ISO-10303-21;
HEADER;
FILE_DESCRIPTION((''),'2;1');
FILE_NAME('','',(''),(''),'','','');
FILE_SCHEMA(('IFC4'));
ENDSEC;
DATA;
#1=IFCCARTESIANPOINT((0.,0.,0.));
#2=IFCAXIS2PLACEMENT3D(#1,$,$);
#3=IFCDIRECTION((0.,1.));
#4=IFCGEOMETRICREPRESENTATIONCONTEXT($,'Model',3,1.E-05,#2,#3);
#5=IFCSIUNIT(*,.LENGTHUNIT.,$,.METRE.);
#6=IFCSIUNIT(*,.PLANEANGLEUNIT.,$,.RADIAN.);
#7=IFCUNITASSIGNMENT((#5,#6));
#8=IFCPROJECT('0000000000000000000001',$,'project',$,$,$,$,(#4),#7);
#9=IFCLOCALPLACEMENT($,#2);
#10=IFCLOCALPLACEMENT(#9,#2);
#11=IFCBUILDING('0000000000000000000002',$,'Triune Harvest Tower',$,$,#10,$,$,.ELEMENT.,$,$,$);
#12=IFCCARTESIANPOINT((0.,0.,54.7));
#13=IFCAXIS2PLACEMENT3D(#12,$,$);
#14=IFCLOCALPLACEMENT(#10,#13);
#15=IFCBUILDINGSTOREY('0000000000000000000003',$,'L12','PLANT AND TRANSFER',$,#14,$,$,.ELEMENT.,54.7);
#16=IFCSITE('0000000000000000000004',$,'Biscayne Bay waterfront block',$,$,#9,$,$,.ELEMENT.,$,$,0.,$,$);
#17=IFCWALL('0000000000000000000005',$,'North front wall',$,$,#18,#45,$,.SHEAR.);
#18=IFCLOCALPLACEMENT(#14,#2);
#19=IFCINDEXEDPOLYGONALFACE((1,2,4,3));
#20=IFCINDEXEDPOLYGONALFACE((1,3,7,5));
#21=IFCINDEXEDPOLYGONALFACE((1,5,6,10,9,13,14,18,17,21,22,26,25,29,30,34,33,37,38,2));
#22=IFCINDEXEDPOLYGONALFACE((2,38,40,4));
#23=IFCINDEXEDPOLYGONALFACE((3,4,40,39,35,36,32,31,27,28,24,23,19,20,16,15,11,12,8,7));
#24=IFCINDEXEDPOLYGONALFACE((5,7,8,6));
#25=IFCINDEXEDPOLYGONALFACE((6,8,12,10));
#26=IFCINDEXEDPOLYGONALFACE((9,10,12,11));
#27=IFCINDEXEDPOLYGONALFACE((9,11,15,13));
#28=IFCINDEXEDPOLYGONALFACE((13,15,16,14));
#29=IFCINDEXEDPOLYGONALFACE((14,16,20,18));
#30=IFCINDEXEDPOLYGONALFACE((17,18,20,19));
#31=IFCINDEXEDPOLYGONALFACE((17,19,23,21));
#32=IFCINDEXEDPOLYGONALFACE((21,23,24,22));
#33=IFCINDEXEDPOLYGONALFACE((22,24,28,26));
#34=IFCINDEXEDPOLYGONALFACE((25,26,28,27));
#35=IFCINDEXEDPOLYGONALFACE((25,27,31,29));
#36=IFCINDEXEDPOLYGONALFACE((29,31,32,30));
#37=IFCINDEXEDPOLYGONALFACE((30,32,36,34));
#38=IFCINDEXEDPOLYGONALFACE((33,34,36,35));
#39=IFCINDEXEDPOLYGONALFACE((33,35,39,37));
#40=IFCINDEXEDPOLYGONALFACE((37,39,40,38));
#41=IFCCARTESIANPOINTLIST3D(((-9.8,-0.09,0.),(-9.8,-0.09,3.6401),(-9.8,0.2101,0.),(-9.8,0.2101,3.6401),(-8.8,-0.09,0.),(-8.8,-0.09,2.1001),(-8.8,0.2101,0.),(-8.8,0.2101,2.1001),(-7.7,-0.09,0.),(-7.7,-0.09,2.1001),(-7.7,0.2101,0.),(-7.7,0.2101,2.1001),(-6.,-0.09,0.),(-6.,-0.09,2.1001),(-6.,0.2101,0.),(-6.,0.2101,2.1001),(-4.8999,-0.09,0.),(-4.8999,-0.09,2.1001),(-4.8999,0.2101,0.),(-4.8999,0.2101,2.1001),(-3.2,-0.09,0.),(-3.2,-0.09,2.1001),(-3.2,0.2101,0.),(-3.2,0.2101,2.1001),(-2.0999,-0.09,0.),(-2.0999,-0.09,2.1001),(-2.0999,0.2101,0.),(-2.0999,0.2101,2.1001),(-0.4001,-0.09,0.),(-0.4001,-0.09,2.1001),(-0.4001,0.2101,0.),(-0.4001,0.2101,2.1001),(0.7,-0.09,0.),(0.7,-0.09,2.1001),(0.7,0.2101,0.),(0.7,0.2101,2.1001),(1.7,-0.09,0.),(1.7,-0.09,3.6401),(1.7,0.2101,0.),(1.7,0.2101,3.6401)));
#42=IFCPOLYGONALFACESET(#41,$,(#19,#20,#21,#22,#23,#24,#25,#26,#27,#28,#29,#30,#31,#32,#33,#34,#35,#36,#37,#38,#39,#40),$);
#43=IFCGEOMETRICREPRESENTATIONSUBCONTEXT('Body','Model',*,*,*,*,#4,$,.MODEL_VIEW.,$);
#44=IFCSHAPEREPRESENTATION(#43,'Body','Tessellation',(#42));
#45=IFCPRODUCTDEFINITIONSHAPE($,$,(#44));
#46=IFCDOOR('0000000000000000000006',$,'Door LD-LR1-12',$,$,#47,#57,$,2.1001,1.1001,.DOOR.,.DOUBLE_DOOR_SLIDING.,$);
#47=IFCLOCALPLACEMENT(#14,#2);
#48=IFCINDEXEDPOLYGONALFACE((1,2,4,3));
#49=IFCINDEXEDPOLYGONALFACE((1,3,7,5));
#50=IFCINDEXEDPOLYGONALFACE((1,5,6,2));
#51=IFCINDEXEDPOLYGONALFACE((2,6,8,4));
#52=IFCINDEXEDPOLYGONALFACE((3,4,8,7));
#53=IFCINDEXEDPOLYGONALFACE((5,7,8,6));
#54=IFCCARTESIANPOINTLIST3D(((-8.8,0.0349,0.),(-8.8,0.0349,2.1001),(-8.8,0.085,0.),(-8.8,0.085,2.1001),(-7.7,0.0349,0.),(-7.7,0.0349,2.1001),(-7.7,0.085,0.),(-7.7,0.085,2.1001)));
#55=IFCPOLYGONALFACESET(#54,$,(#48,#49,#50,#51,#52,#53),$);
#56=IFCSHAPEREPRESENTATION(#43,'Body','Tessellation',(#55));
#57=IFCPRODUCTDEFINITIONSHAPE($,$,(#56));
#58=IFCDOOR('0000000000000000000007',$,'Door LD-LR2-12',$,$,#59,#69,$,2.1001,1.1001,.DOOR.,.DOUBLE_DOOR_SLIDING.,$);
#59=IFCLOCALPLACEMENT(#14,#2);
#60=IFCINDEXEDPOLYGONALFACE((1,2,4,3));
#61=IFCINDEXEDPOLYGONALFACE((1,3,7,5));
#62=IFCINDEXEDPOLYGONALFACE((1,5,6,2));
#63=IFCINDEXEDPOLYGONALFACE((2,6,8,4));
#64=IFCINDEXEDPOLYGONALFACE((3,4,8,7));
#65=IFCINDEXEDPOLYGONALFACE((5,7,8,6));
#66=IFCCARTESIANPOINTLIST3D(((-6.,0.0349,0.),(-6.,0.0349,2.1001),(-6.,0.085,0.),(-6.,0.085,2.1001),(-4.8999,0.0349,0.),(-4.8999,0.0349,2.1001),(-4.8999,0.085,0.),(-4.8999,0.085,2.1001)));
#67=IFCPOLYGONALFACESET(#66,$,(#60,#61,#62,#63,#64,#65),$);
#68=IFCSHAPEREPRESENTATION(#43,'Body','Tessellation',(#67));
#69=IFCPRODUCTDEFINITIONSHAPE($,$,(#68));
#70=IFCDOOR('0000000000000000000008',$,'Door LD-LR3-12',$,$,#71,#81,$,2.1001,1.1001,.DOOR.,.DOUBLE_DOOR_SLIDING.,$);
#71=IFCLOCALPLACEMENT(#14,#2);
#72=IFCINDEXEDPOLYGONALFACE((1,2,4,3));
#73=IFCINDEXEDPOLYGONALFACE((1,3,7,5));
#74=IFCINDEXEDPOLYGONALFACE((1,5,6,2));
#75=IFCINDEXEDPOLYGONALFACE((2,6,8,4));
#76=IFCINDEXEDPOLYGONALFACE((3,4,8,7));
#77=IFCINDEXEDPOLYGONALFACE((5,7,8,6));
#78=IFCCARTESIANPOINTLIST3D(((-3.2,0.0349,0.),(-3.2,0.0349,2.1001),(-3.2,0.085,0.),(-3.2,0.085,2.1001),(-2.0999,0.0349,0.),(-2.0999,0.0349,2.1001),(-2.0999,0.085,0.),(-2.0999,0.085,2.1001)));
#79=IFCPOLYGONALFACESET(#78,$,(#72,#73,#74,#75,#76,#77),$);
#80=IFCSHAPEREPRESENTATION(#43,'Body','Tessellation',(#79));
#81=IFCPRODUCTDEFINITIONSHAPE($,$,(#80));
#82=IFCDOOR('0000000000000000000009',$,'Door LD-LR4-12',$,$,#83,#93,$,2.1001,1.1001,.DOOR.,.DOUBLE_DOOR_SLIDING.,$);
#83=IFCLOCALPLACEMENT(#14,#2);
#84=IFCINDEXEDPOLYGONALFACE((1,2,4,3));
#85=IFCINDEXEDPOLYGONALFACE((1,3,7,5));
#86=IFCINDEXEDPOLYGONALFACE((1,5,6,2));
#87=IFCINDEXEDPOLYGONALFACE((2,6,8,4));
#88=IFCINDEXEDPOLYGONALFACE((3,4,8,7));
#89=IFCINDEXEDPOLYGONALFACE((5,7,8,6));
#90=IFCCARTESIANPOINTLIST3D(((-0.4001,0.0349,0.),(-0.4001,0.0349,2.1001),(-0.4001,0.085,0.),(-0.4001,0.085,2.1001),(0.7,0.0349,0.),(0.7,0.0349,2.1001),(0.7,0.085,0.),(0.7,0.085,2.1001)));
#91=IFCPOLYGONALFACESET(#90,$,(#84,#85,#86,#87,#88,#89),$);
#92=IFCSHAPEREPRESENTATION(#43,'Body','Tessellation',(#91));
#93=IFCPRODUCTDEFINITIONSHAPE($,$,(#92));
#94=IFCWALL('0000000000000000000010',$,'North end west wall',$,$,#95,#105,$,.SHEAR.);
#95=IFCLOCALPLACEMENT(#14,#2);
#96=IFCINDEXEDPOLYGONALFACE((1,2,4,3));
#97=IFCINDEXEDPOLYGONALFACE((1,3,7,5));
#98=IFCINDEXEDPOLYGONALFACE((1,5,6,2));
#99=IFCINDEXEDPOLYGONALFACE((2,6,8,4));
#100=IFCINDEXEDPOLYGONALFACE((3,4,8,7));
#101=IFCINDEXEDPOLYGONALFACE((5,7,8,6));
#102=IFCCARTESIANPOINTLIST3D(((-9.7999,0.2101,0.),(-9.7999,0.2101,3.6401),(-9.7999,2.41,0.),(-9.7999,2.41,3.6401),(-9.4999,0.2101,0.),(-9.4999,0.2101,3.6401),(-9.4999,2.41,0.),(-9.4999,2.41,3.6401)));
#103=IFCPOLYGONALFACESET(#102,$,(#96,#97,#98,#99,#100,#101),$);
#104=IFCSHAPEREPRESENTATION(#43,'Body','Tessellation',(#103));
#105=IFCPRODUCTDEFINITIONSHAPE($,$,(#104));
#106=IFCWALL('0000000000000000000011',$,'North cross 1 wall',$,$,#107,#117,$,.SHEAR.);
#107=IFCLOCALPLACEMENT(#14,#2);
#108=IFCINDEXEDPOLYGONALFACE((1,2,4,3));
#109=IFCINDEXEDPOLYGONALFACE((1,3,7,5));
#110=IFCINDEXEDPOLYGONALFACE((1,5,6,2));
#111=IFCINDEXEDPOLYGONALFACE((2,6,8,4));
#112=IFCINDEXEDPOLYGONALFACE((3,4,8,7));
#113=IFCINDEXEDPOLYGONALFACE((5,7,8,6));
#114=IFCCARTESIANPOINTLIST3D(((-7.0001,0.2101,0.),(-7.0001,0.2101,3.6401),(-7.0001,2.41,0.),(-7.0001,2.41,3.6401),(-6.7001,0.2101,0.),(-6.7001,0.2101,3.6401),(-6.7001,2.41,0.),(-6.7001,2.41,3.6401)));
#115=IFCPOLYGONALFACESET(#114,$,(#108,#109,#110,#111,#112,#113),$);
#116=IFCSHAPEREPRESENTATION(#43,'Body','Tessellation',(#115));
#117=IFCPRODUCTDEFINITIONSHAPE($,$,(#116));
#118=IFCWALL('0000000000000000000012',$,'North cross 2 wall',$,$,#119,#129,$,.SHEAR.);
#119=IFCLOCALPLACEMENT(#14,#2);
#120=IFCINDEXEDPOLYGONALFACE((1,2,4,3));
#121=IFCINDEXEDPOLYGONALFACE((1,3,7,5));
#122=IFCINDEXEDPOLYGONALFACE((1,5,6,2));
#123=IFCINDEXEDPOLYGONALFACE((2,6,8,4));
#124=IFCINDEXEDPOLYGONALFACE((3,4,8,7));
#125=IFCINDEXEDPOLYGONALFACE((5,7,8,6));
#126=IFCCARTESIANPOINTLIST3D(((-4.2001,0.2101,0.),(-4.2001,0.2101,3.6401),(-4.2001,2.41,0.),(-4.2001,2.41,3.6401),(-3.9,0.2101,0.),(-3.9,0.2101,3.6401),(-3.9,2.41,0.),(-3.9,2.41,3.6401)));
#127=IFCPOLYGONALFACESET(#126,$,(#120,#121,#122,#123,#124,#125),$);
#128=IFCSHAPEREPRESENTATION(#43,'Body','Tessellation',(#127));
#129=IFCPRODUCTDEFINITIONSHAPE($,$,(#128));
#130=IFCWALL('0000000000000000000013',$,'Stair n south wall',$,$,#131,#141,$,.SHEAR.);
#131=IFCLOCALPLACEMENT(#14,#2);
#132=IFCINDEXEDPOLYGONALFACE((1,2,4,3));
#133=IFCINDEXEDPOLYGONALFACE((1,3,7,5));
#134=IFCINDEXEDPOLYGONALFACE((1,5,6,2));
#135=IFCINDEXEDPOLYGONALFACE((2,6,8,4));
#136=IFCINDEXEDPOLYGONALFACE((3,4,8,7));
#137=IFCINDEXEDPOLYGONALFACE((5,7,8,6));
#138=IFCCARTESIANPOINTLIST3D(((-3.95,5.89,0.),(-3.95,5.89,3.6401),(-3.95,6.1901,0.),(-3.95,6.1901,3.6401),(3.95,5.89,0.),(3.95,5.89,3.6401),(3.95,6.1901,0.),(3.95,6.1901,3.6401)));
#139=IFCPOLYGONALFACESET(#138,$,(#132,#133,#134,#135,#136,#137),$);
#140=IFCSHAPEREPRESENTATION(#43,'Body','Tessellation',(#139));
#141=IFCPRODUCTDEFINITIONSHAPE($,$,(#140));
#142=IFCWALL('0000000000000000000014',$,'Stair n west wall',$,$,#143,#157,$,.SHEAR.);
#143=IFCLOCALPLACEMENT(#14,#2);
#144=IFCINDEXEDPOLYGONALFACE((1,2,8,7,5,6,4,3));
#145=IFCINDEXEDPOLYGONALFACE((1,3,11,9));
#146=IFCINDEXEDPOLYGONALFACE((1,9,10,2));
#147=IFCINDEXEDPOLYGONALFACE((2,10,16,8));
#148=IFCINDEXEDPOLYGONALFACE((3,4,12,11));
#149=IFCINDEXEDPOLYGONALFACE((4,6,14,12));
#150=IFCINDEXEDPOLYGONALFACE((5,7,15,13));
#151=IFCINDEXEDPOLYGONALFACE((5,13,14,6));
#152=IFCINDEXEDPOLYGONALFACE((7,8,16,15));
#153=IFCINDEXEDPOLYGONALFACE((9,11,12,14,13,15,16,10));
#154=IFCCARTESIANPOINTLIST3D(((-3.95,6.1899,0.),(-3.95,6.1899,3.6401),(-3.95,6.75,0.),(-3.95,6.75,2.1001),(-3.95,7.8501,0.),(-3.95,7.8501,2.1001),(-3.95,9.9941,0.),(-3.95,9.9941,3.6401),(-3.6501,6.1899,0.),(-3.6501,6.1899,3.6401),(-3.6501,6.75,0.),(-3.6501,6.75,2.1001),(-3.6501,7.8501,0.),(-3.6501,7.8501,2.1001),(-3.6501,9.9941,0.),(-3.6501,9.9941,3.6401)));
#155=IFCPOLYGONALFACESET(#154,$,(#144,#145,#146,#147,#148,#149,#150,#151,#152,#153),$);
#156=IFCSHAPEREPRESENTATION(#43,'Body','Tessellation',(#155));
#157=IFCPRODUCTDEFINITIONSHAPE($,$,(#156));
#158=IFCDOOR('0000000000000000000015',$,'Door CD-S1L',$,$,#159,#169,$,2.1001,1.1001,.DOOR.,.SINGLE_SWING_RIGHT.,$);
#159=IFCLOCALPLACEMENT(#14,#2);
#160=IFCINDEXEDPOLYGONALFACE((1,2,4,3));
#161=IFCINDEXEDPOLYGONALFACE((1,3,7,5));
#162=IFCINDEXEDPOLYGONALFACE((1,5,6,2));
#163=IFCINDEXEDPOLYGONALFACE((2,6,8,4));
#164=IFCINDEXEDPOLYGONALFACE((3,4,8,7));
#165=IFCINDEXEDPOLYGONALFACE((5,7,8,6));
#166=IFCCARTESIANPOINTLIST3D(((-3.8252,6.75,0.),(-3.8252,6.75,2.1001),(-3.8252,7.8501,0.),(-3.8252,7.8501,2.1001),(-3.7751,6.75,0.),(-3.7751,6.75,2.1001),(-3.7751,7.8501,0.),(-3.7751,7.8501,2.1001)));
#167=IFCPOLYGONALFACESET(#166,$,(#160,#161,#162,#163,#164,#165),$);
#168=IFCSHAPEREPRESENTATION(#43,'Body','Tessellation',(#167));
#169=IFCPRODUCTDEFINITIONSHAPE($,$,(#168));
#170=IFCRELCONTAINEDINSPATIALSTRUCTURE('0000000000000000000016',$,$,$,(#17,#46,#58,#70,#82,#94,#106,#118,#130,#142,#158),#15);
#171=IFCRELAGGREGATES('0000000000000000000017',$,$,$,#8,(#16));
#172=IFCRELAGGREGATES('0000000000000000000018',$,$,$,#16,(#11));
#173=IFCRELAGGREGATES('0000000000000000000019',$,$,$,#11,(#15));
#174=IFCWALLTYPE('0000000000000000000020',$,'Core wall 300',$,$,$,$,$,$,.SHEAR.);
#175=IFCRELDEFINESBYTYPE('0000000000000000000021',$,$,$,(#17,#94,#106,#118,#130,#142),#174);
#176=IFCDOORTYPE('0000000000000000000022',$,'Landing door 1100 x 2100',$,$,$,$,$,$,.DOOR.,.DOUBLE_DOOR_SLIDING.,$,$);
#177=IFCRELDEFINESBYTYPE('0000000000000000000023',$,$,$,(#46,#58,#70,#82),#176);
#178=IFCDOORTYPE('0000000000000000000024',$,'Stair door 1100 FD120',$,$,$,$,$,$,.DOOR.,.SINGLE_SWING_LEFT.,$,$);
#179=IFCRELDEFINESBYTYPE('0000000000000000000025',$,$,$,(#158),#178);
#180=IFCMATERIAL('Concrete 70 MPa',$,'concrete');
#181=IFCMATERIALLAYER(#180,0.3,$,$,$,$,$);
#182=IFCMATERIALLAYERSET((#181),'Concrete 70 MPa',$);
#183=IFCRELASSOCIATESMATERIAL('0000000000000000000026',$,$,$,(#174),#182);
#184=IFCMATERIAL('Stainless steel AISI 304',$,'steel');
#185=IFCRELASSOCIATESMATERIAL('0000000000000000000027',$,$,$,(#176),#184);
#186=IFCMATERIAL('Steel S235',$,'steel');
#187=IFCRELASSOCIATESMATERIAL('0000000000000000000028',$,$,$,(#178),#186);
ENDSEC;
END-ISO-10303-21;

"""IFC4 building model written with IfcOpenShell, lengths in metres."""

from ifc_helpers import new_model, si_unit, direction, frame, frame_2d, origin, place, context, subcontext, project, spatial, polyline, rectangle, outline, extrude, source, transform, mapped, material, layer, layer_set, type_object, element, fill, save


model = new_model("IFC4")

# Units and contexts
model_context = context("Model", 3, precision=1e-05, world=origin(), true_north=direction((0.0, 1.0)))
body_context = subcontext(model_context, "Body", "Model", "MODEL_VIEW")
ifc_project = project(units=[si_unit("LENGTHUNIT", "METRE"), si_unit("PLANEANGLEUNIT", "RADIAN")], contexts=[model_context])

# Site, building, storey
site_placement = place(None, origin())
site = spatial("IfcSite", under=ifc_project, at=site_placement, Name="Biscayne Bay waterfront block", CompositionType="ELEMENT", RefElevation=0.0)
building_placement = place(site_placement, origin())
building = spatial("IfcBuilding", under=site, at=building_placement, Name="Triune Harvest Tower", CompositionType="ELEMENT")
storey_placement = place(building_placement, frame((0.0, 0.0, 54.7)))
storey = spatial("IfcBuildingStorey", under=building, at=storey_placement, Name="L12", Description="PLANT AND TRANSFER", CompositionType="ELEMENT", Elevation=54.7)

# Wall, openings, doors
ifc_material_1 = material(Name="Concrete 70 MPa", Category="concrete")
ifc_layer = layer(ifc_material_1, 0.3)
ifc_layer_set = layer_set([ifc_layer], Name="Concrete 70 MPa")
wall_type = type_object("IfcWallType", Name="Core wall 300", PredefinedType="SHEAR", material=ifc_layer_set)
shared_shape_1 = source(origin(), body_context, "Body", "SweptSolid", [
    extrude(rectangle(XDim=11.5, YDim=0.3, at=frame_2d((5.75, 0.0))), origin(), (0.0, 0.0, 1.0), 3.6401),
])
wall_1_placement = place(storey_placement, frame((-9.8, 0.0601, 0.0), z_axis=(0.0, 0.0, 1.0), x_axis=(1.0, 0.0, 0.0)))
wall_1 = element("IfcWall", 1, at=wall_1_placement, inside=storey, type_object=wall_type, Name="North front wall", PredefinedType="SHEAR", context=body_context, shape_type="MappedRepresentation", body=[
    mapped(shared_shape_1, transform((0.0, 0.0, 0.0), scale=1.0)),
])
opening_1_placement = place(wall_1_placement, frame((1.0, 0.0, 0.0)))
opening_1 = element("IfcOpeningElement", 2, at=opening_1_placement, cuts=wall_1, PredefinedType="OPENING", context=body_context, shape_type="SweptSolid", body=[
    extrude(rectangle(XDim=1.1001, YDim=2.1001, at=frame_2d((0.55, 1.05))), frame((0.0, 0.1602, 0.0), z_axis=(0.0, -1.0, 0.0), x_axis=(1.0, 0.0, 0.0)), (0.0, 0.0, 1.0), 0.3201),
])
opening_2_placement = place(wall_1_placement, frame((3.8, 0.0, 0.0)))
opening_2 = element("IfcOpeningElement", 3, at=opening_2_placement, cuts=wall_1, PredefinedType="OPENING", context=body_context, shape_type="SweptSolid", body=[
    extrude(rectangle(XDim=1.1001, YDim=2.1001, at=frame_2d((0.55, 1.05))), frame((0.0, 0.1602, 0.0), z_axis=(0.0, -1.0, 0.0), x_axis=(1.0, 0.0, 0.0)), (0.0, 0.0, 1.0), 0.3201),
])
opening_3_placement = place(wall_1_placement, frame((6.6001, 0.0, 0.0)))
opening_3 = element("IfcOpeningElement", 4, at=opening_3_placement, cuts=wall_1, PredefinedType="OPENING", context=body_context, shape_type="SweptSolid", body=[
    extrude(rectangle(XDim=1.1001, YDim=2.1001, at=frame_2d((0.55, 1.05))), frame((0.0, 0.1602, 0.0), z_axis=(0.0, -1.0, 0.0), x_axis=(1.0, 0.0, 0.0)), (0.0, 0.0, 1.0), 0.3201),
])
opening_4_placement = place(wall_1_placement, frame((9.3999, 0.0, 0.0)))
opening_4 = element("IfcOpeningElement", 5, at=opening_4_placement, cuts=wall_1, PredefinedType="OPENING", context=body_context, shape_type="SweptSolid", body=[
    extrude(rectangle(XDim=1.1001, YDim=2.1001, at=frame_2d((0.55, 1.05))), frame((0.0, 0.1602, 0.0), z_axis=(0.0, -1.0, 0.0), x_axis=(1.0, 0.0, 0.0)), (0.0, 0.0, 1.0), 0.3201),
])
ifc_material_2 = material(Name="Stainless steel AISI 304", Category="steel")
door_type_1 = type_object("IfcDoorType", Name="Landing door 1100 x 2100", OperationType="DOUBLE_DOOR_SLIDING", PredefinedType="DOOR", material=ifc_material_2)
door_1_placement = place(opening_1_placement, origin())
door_1 = element("IfcDoor", 6, at=door_1_placement, inside=storey, type_object=door_type_1, Name="Door LD-LR1-12", OperationType="DOUBLE_DOOR_SLIDING", OverallHeight=2.1001, OverallWidth=1.1001, PredefinedType="DOOR", context=body_context, shape_type="SweptSolid", body=[
    extrude(rectangle(XDim=1.1001, YDim=2.1001, at=frame_2d((0.55, 1.05))), frame((0.0, 0.0249, 0.0), z_axis=(0.0, -1.0, 0.0), x_axis=(1.0, 0.0, 0.0)), (0.0, 0.0, 1.0), 0.05),
])
fill(opening_1, door_1)
door_2_placement = place(opening_2_placement, origin())
door_2 = element("IfcDoor", 7, at=door_2_placement, inside=storey, type_object=door_type_1, Name="Door LD-LR2-12", OperationType="DOUBLE_DOOR_SLIDING", OverallHeight=2.1001, OverallWidth=1.1001, PredefinedType="DOOR", context=body_context, shape_type="SweptSolid", body=[
    extrude(rectangle(XDim=1.1001, YDim=2.1001, at=frame_2d((0.55, 1.05))), frame((0.0, 0.0249, 0.0), z_axis=(0.0, -1.0, 0.0), x_axis=(1.0, 0.0, 0.0)), (0.0, 0.0, 1.0), 0.05),
])
fill(opening_2, door_2)
door_3_placement = place(opening_3_placement, origin())
door_3 = element("IfcDoor", 8, at=door_3_placement, inside=storey, type_object=door_type_1, Name="Door LD-LR3-12", OperationType="DOUBLE_DOOR_SLIDING", OverallHeight=2.1001, OverallWidth=1.1001, PredefinedType="DOOR", context=body_context, shape_type="SweptSolid", body=[
    extrude(rectangle(XDim=1.1001, YDim=2.1001, at=frame_2d((0.55, 1.05))), frame((0.0, 0.0249, 0.0), z_axis=(0.0, -1.0, 0.0), x_axis=(1.0, 0.0, 0.0)), (0.0, 0.0, 1.0), 0.05),
])
fill(opening_3, door_3)
door_4_placement = place(opening_4_placement, origin())
door_4 = element("IfcDoor", 9, at=door_4_placement, inside=storey, type_object=door_type_1, Name="Door LD-LR4-12", OperationType="DOUBLE_DOOR_SLIDING", OverallHeight=2.1001, OverallWidth=1.1001, PredefinedType="DOOR", context=body_context, shape_type="SweptSolid", body=[
    extrude(rectangle(XDim=1.1001, YDim=2.1001, at=frame_2d((0.55, 1.05))), frame((0.0, 0.0249, 0.0), z_axis=(0.0, -1.0, 0.0), x_axis=(1.0, 0.0, 0.0)), (0.0, 0.0, 1.0), 0.05),
])
fill(opening_4, door_4)

# Walls
shared_shape_2 = source(origin(), body_context, "Body", "SweptSolid", [
    extrude(rectangle(XDim=2.2, YDim=0.3, at=frame_2d((1.1001, 0.0))), origin(), (0.0, 0.0, 1.0), 3.6401),
])
for number, where, z_axis, x_axis, name in (
    (10, (-9.6499, 0.21, 0.0), (0.0, 0.0, 1.0), (0.0, 1.0, 0.0), "North end west wall"),
    (11, (-6.8501, 0.21, 0.0), (0.0, 0.0, 1.0), (0.0, 1.0, 0.0), "North cross 1 wall"),
    (12, (-4.05, 0.21, 0.0), (0.0, 0.0, 1.0), (0.0, 1.0, 0.0), "North cross 2 wall"),
):
    element("IfcWall", number, at=place(storey_placement, frame(where, z_axis=z_axis, x_axis=x_axis)), inside=storey, type_object=wall_type, Name=name, PredefinedType="SHEAR", context=body_context, shape_type="MappedRepresentation", body=[
        mapped(shared_shape_2, transform((0.0, 0.0, 0.0), scale=1.0)),
    ])
shared_shape_3 = source(origin(), body_context, "Body", "SweptSolid", [
    extrude(rectangle(XDim=7.8999, YDim=0.3, at=frame_2d((3.95, 0.0))), origin(), (0.0, 0.0, 1.0), 3.6401),
])
wall_2_placement = place(storey_placement, frame((-3.95, 6.04, 0.0), z_axis=(0.0, 0.0, 1.0), x_axis=(1.0, 0.0, 0.0)))
element("IfcWall", 13, at=wall_2_placement, inside=storey, type_object=wall_type, Name="Stair n south wall", PredefinedType="SHEAR", context=body_context, shape_type="MappedRepresentation", body=[
    mapped(shared_shape_3, transform((0.0, 0.0, 0.0), scale=1.0)),
])

# Wall, opening, door
shared_shape_4 = source(origin(), body_context, "Body", "SweptSolid", [
    extrude(outline(polyline([(0.0, -0.1499), (0.0, 0.1499), (3.8042, 0.1499), (3.8042, -0.1499), (0.0, -0.1499)])), origin(), (0.0, 0.0, 1.0), 3.6401),
])
wall_3_placement = place(storey_placement, frame((-3.8, 6.1899, 0.0), z_axis=(0.0, 0.0, 1.0), x_axis=(0.0, 1.0, 0.0)))
wall_3 = element("IfcWall", 14, at=wall_3_placement, inside=storey, type_object=wall_type, Name="Stair n west wall", PredefinedType="SHEAR", context=body_context, shape_type="MappedRepresentation", body=[
    mapped(shared_shape_4, transform((0.0, 0.0, 0.0), scale=1.0)),
])
opening_5_placement = place(wall_3_placement, frame((0.5601, 0.0, 0.0)))
opening_5 = element("IfcOpeningElement", 15, at=opening_5_placement, cuts=wall_3, PredefinedType="OPENING", context=body_context, shape_type="SweptSolid", body=[
    extrude(rectangle(XDim=1.1001, YDim=2.1001, at=frame_2d((0.55, 1.05))), frame((0.0, 0.1602, 0.0), z_axis=(0.0, -1.0, 0.0), x_axis=(1.0, 0.0, 0.0)), (0.0, 0.0, 1.0), 0.3201),
])
ifc_material_3 = material(Name="Steel S235", Category="steel")
door_type_2 = type_object("IfcDoorType", Name="Stair door 1100 FD120", OperationType="SINGLE_SWING_LEFT", PredefinedType="DOOR", material=ifc_material_3)
door_5_placement = place(opening_5_placement, frame((1.1001, 0.0, 0.0), z_axis=(0.0, 0.0, 1.0), x_axis=(-1.0, 0.0, 0.0)))
door_5 = element("IfcDoor", 16, at=door_5_placement, inside=storey, type_object=door_type_2, Name="Door CD-S1L", OperationType="SINGLE_SWING_RIGHT", OverallHeight=2.1001, OverallWidth=1.1001, PredefinedType="DOOR", context=body_context, shape_type="SweptSolid", body=[
    extrude(rectangle(XDim=1.1001, YDim=2.1001, at=frame_2d((0.55, 1.05))), frame((0.0, 0.0249, 0.0), z_axis=(0.0, -1.0, 0.0), x_axis=(1.0, 0.0, 0.0)), (0.0, 0.0, 1.0), 0.05),
])
fill(opening_5, door_5)

save(model, "model.ifc")
